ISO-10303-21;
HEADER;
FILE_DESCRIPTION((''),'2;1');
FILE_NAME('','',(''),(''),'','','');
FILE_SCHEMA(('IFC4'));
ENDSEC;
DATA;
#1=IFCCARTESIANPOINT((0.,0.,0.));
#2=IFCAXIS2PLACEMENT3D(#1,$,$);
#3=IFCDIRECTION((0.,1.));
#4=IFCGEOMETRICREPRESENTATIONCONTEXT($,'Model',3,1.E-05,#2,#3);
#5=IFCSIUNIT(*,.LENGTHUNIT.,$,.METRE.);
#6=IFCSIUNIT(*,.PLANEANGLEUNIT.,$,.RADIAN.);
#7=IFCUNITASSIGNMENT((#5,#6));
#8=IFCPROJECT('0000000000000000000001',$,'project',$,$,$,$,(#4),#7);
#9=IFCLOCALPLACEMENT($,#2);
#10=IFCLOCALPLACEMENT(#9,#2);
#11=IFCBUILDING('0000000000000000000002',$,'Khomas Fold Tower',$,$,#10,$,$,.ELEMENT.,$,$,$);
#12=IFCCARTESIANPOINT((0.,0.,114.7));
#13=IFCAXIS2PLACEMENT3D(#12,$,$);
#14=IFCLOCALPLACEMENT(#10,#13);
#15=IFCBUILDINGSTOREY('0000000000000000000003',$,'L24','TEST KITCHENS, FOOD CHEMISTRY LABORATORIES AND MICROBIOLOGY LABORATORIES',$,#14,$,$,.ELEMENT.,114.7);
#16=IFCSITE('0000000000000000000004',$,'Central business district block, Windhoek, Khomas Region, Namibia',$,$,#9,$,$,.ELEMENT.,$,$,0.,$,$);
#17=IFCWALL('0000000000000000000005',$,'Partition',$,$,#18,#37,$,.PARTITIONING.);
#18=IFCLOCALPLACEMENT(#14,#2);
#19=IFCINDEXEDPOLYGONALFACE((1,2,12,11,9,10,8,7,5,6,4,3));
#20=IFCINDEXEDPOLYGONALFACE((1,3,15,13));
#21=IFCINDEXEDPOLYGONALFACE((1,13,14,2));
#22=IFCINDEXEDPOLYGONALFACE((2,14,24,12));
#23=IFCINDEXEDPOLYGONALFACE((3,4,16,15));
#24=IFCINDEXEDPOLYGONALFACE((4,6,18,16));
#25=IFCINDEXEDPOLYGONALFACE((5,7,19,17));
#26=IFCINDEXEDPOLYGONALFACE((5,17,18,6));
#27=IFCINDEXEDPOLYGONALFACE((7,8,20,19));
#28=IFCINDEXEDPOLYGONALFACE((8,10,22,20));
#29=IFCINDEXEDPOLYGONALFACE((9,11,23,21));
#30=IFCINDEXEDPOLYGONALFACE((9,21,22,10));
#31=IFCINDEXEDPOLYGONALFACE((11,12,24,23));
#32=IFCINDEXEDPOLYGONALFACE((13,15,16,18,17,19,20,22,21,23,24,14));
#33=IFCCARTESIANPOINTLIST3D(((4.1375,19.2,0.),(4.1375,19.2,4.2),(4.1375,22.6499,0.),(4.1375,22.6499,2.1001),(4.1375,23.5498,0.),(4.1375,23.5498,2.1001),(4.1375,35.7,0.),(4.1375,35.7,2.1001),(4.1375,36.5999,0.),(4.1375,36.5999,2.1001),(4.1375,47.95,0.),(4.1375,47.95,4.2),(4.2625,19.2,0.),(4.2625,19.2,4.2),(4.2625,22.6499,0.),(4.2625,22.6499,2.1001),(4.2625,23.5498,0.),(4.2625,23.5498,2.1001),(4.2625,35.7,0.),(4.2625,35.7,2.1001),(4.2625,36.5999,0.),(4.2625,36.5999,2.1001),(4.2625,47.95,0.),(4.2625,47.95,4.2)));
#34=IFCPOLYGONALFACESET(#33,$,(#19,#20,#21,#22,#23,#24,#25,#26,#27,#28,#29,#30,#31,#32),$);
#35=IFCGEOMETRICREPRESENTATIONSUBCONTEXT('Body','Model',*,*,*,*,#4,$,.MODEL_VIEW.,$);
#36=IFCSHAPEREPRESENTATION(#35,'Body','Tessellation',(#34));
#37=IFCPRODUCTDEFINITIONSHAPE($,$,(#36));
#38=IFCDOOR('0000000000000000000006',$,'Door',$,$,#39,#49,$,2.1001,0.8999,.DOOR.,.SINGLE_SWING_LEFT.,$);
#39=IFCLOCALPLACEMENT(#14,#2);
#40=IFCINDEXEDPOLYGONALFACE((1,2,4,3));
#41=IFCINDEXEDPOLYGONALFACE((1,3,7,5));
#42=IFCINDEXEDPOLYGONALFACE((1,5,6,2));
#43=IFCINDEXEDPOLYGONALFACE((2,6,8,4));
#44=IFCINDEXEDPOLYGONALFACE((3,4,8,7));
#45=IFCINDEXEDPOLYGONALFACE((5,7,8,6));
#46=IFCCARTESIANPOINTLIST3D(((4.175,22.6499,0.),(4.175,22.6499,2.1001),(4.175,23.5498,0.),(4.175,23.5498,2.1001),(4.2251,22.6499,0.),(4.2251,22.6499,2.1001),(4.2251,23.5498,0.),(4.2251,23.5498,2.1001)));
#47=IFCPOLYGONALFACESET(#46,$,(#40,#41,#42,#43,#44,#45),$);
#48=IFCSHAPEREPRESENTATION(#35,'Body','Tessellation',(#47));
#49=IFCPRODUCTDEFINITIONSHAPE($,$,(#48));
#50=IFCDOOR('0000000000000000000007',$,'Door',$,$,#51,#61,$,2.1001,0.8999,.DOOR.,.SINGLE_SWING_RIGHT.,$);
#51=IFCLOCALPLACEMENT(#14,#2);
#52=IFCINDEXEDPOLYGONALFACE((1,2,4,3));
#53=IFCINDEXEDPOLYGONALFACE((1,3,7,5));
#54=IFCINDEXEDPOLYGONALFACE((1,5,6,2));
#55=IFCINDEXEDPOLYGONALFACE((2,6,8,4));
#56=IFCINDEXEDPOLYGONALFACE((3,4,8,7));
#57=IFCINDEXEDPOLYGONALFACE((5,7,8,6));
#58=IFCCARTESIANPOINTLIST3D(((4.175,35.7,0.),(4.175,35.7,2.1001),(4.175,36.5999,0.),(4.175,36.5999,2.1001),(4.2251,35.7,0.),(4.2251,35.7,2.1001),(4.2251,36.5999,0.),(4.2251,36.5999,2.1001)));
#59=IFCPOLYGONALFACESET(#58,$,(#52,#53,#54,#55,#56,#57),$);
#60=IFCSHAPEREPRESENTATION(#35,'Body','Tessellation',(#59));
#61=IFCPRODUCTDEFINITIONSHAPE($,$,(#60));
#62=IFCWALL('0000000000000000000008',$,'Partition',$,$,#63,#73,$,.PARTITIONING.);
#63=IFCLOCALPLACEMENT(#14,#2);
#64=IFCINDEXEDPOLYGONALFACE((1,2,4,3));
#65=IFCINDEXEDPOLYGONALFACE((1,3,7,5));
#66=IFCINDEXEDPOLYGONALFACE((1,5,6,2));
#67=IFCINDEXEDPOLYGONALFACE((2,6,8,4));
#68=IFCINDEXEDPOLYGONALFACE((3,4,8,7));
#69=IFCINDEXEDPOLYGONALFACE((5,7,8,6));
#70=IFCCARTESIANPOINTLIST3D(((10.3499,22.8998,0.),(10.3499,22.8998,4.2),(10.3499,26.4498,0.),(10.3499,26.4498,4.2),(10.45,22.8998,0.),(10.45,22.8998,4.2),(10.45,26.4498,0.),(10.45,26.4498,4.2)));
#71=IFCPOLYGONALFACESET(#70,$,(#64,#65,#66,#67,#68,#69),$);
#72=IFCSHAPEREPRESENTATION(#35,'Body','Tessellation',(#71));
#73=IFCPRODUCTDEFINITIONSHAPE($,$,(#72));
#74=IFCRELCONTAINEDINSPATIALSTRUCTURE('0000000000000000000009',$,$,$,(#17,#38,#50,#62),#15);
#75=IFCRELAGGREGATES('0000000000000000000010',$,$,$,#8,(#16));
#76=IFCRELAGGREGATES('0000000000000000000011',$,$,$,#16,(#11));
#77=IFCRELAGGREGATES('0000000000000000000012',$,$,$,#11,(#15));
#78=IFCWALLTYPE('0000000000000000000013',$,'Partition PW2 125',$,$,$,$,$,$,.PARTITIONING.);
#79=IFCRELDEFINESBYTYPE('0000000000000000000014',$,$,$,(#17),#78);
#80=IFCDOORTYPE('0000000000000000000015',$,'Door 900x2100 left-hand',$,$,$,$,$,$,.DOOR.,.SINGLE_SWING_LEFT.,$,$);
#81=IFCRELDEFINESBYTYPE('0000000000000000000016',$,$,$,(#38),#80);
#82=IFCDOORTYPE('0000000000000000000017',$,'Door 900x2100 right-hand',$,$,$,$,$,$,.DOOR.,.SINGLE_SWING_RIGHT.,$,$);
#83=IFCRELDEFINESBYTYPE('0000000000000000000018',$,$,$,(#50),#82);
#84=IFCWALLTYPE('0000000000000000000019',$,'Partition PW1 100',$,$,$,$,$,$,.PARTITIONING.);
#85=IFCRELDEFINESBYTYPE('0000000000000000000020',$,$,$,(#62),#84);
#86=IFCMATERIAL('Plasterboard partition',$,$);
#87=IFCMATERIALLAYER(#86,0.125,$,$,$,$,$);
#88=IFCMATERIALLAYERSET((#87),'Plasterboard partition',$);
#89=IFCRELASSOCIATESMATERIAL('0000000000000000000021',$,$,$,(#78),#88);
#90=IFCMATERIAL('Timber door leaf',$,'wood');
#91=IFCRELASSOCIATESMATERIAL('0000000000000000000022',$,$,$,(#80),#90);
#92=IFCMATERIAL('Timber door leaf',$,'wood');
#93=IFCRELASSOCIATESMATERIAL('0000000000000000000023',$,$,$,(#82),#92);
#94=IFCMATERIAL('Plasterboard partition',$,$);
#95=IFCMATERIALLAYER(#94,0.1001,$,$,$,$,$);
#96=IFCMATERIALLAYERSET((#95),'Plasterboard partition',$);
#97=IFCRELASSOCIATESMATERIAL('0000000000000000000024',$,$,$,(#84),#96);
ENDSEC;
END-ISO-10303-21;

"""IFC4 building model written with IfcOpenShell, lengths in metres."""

from ifc_helpers import new_model, si_unit, direction, frame, frame_2d, origin, place, context, subcontext, project, spatial, rectangle, extrude, source, transform, mapped, material, layer, layer_set, type_object, element, fill, save


model = new_model("IFC4")

# Units and contexts
model_context = context("Model", 3, precision=1e-05, world=origin(), true_north=direction((0.0, 1.0)))
body_context = subcontext(model_context, "Body", "Model", "MODEL_VIEW")
ifc_project = project(units=[si_unit("LENGTHUNIT", "METRE"), si_unit("PLANEANGLEUNIT", "RADIAN")], contexts=[model_context])

# Site, building, storey
site_placement = place(None, origin())
site = spatial("IfcSite", under=ifc_project, at=site_placement, Name="Central business district block, Windhoek, Khomas Region, Namibia", CompositionType="ELEMENT", RefElevation=0.0)
building_placement = place(site_placement, origin())
building = spatial("IfcBuilding", under=site, at=building_placement, Name="Khomas Fold Tower", CompositionType="ELEMENT")
storey_placement = place(building_placement, frame((0.0, 0.0, 114.7)))
storey = spatial("IfcBuildingStorey", under=building, at=storey_placement, Name="L24", Description="TEST KITCHENS, FOOD CHEMISTRY LABORATORIES AND MICROBIOLOGY LABORATORIES", CompositionType="ELEMENT", Elevation=114.7)

# Wall, openings, doors
ifc_material_1 = material(Name="Plasterboard partition")
ifc_layer_1 = layer(ifc_material_1, 0.125)
ifc_layer_set_1 = layer_set([ifc_layer_1], Name="Plasterboard partition")
wall_type_1 = type_object("IfcWallType", Name="Partition PW2 125", PredefinedType="PARTITIONING", material=ifc_layer_set_1)
shared_shape_1 = source(origin(), body_context, "Body", "SweptSolid", [
    extrude(rectangle(XDim=28.75, YDim=0.125, at=frame_2d((14.375, 0.0))), origin(), (0.0, 0.0, 1.0), 4.2),
])
wall_1_placement = place(storey_placement, frame((4.2, 19.2, 0.0), z_axis=(0.0, 0.0, 1.0), x_axis=(0.0, 1.0, 0.0)))
wall_1 = element("IfcWall", 1, at=wall_1_placement, inside=storey, type_object=wall_type_1, Name="Partition", PredefinedType="PARTITIONING", context=body_context, shape_type="MappedRepresentation", body=[
    mapped(shared_shape_1, transform((0.0, 0.0, 0.0))),
])
shared_shape_2 = source(origin(), body_context, "Body", "SweptSolid", [
    extrude(rectangle(XDim=0.8999, YDim=2.1001, at=frame_2d((0.45, 1.05))), frame((0.0, 0.0725, 0.0), z_axis=(0.0, -1.0, 0.0), x_axis=(1.0, 0.0, 0.0)), (0.0, 0.0, 1.0), 0.145),
])
opening_1_placement = place(wall_1_placement, frame((3.45, 0.0, 0.0)))
opening_1 = element("IfcOpeningElement", 2, at=opening_1_placement, cuts=wall_1, PredefinedType="OPENING", context=body_context, shape_type="MappedRepresentation", body=[
    mapped(shared_shape_2, transform((0.0, 0.0, 0.0))),
])
opening_2_placement = place(wall_1_placement, frame((16.5, 0.0, 0.0)))
opening_2 = element("IfcOpeningElement", 3, at=opening_2_placement, cuts=wall_1, PredefinedType="OPENING", context=body_context, shape_type="MappedRepresentation", body=[
    mapped(shared_shape_2, transform((0.0, 0.0, 0.0))),
])
ifc_material_2 = material(Name="Timber door leaf", Category="wood")
door_type_1 = type_object("IfcDoorType", Name="Door 900x2100 left-hand", OperationType="SINGLE_SWING_LEFT", PredefinedType="DOOR", material=ifc_material_2)
shared_shape_3 = source(origin(), body_context, "Body", "SweptSolid", [
    extrude(rectangle(XDim=0.8999, YDim=2.1001, at=frame_2d((0.45, 1.05))), frame((0.0, 0.0249, 0.0), z_axis=(0.0, -1.0, 0.0), x_axis=(1.0, 0.0, 0.0)), (0.0, 0.0, 1.0), 0.05),
])
door_1_placement = place(opening_1_placement, origin())
door_1 = element("IfcDoor", 4, at=door_1_placement, inside=storey, type_object=door_type_1, Name="Door", OperationType="SINGLE_SWING_LEFT", OverallHeight=2.1001, OverallWidth=0.8999, PredefinedType="DOOR", context=body_context, shape_type="MappedRepresentation", body=[
    mapped(shared_shape_3, transform((0.0, 0.0, 0.0))),
])
fill(opening_1, door_1)
ifc_material_3 = material(Name="Timber door leaf", Category="wood")
door_type_2 = type_object("IfcDoorType", Name="Door 900x2100 right-hand", OperationType="SINGLE_SWING_RIGHT", PredefinedType="DOOR", material=ifc_material_3)
door_2_placement = place(opening_2_placement, origin())
door_2 = element("IfcDoor", 5, at=door_2_placement, inside=storey, type_object=door_type_2, Name="Door", OperationType="SINGLE_SWING_RIGHT", OverallHeight=2.1001, OverallWidth=0.8999, PredefinedType="DOOR", context=body_context, shape_type="MappedRepresentation", body=[
    mapped(shared_shape_3, transform((0.0, 0.0, 0.0))),
])
fill(opening_2, door_2)

# Wall
ifc_material_4 = material(Name="Plasterboard partition")
ifc_layer_2 = layer(ifc_material_4, 0.1001)
ifc_layer_set_2 = layer_set([ifc_layer_2], Name="Plasterboard partition")
wall_type_2 = type_object("IfcWallType", Name="Partition PW1 100", PredefinedType="PARTITIONING", material=ifc_layer_set_2)
shared_shape_4 = source(origin(), body_context, "Body", "SweptSolid", [
    extrude(rectangle(XDim=3.55, YDim=0.1001, at=frame_2d((1.7749, 0.0))), origin(), (0.0, 0.0, 1.0), 4.2),
])
wall_2_placement = place(storey_placement, frame((10.3999, 22.8999, 0.0), z_axis=(0.0, 0.0, 1.0), x_axis=(0.0, 1.0, 0.0)))
element("IfcWall", 6, at=wall_2_placement, inside=storey, type_object=wall_type_2, Name="Partition", PredefinedType="PARTITIONING", context=body_context, shape_type="MappedRepresentation", body=[
    mapped(shared_shape_4, transform((0.0, 0.0, 0.0))),
])

save(model, "model.ifc")
